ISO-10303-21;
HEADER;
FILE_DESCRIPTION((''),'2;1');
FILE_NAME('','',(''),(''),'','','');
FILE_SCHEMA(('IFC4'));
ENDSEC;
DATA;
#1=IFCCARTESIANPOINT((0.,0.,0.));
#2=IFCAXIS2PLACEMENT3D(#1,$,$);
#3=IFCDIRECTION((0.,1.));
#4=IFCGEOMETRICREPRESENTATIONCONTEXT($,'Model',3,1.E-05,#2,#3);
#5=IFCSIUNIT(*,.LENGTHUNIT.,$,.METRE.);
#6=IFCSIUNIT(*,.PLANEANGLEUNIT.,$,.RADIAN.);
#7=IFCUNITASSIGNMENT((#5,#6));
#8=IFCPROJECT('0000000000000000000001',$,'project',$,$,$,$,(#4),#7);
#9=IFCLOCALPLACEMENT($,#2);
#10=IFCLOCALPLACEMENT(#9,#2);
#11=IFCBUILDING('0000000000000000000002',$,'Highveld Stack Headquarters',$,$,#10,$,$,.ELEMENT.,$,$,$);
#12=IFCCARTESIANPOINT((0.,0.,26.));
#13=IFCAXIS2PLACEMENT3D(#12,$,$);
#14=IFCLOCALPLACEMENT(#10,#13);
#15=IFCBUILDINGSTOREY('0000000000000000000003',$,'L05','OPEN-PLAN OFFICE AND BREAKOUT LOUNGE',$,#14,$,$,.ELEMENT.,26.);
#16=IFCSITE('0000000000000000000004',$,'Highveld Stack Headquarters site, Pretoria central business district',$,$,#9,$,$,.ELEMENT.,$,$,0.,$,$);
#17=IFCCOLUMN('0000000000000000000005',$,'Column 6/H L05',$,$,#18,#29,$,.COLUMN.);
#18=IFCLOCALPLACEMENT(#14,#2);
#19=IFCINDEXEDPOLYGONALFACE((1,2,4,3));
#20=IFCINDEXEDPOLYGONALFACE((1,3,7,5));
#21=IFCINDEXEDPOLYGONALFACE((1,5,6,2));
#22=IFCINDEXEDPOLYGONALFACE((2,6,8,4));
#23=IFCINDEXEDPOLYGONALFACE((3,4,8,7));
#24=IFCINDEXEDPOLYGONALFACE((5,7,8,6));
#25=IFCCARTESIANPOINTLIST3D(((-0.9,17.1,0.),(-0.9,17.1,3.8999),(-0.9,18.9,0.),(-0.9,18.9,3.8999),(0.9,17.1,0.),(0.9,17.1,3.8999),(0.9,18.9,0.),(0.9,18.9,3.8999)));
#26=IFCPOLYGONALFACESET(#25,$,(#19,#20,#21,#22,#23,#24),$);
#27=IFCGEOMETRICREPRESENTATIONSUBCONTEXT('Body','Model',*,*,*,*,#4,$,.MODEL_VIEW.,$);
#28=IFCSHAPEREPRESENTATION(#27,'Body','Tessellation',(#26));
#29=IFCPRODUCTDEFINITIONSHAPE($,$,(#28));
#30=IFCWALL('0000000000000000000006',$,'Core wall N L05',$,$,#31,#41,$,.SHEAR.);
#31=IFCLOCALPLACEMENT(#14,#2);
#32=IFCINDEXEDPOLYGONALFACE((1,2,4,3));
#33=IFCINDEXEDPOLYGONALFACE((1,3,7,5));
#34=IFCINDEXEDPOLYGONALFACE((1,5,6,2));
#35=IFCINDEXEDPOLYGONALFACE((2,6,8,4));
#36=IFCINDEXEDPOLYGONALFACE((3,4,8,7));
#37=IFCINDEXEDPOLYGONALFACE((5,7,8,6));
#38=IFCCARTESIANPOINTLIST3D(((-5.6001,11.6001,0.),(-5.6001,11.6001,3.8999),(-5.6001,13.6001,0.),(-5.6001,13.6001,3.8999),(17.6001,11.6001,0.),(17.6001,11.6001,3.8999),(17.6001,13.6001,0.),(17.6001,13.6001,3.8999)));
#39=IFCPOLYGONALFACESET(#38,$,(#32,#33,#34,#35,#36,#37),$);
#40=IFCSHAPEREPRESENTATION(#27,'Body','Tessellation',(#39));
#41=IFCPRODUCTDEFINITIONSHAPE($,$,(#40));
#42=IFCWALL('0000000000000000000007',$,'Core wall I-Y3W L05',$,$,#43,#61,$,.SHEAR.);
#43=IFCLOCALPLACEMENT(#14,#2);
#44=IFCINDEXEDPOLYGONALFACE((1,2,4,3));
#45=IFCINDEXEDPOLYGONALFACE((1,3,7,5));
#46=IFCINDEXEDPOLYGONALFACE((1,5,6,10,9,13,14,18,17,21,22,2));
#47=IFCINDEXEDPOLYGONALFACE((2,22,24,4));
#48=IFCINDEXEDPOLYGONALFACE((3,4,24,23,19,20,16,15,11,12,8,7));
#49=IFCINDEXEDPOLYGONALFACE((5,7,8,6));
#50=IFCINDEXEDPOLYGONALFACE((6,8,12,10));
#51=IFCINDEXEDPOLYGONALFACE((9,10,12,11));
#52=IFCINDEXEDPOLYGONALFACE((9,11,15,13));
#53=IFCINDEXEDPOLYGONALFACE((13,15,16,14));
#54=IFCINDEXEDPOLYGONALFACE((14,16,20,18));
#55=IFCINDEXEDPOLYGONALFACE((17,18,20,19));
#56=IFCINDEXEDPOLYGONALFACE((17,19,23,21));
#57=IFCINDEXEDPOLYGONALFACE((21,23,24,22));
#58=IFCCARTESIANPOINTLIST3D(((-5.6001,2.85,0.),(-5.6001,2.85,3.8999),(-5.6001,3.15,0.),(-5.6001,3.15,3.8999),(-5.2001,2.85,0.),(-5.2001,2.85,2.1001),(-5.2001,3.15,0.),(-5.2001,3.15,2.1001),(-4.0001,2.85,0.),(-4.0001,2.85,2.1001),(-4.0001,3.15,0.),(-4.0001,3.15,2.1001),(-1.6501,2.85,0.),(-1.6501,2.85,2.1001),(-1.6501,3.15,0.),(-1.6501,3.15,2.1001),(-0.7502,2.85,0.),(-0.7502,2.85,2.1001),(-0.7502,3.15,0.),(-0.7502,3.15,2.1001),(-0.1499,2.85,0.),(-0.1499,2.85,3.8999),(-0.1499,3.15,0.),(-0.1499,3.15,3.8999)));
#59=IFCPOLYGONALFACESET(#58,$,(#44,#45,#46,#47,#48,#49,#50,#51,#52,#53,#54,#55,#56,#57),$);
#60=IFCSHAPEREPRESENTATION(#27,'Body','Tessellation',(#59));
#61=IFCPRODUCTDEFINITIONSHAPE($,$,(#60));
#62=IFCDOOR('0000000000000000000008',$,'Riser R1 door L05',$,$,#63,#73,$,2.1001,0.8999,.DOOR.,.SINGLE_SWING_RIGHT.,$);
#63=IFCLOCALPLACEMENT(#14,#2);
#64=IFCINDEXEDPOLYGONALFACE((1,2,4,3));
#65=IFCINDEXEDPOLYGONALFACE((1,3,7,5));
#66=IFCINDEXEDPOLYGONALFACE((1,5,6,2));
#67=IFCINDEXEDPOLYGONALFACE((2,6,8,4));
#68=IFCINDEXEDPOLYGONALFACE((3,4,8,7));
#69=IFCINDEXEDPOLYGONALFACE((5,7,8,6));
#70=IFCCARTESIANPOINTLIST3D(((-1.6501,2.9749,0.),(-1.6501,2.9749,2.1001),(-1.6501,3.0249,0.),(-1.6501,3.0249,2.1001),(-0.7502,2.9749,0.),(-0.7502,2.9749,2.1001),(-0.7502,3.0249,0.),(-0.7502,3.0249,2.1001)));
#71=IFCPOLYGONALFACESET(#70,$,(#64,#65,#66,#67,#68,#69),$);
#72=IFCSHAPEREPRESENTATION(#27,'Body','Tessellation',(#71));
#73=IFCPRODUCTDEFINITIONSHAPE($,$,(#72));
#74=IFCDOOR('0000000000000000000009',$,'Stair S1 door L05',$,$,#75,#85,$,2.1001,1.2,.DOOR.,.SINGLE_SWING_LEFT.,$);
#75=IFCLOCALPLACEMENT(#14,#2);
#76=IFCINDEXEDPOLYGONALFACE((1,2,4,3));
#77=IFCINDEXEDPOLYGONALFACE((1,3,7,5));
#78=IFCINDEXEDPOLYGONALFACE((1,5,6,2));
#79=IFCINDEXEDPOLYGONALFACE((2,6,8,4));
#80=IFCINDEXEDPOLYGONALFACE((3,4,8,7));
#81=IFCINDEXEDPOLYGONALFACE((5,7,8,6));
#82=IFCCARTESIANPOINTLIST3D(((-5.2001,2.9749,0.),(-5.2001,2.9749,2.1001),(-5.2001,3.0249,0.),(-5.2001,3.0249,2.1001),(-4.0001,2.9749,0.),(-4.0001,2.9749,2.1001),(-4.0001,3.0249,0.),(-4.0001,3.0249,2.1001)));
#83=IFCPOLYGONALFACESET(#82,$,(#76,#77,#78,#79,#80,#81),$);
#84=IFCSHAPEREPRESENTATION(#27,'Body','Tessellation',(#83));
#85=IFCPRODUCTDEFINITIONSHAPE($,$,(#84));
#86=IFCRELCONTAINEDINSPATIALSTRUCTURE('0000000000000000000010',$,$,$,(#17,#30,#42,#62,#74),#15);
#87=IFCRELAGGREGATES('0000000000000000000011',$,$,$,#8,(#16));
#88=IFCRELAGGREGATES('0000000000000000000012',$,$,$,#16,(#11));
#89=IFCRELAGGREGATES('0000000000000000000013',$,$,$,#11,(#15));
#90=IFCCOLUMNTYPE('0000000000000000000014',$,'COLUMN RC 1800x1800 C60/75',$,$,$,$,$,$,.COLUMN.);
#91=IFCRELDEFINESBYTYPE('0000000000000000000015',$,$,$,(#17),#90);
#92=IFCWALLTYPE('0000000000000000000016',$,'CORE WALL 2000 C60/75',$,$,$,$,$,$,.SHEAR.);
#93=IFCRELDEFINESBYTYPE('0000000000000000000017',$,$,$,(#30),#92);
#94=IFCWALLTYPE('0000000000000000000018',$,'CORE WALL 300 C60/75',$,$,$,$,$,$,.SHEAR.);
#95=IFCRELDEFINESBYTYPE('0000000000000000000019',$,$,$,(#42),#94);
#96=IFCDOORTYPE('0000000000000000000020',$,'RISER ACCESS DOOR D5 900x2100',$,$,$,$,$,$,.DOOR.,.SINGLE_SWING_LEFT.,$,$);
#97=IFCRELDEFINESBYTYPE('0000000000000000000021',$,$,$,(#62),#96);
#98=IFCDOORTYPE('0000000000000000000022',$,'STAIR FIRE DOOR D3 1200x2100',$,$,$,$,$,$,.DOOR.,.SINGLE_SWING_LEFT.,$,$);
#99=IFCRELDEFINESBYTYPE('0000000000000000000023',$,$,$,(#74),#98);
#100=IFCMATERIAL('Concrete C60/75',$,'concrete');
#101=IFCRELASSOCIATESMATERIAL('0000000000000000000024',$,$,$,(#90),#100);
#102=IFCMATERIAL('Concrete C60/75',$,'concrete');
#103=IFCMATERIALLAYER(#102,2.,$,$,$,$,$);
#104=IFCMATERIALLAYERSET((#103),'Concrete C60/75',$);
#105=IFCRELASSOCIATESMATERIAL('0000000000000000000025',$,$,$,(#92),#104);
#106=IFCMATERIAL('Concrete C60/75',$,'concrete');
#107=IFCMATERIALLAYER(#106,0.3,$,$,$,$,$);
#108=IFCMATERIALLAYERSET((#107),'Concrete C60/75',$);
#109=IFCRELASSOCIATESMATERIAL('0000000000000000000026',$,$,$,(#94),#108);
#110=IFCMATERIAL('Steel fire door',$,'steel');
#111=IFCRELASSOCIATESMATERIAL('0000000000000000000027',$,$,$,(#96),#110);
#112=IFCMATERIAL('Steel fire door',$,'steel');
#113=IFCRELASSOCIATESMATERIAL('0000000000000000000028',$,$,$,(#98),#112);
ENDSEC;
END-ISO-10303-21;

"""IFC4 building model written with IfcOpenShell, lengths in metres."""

from ifc_helpers import new_model, si_unit, direction, frame, frame_2d, origin, origin_2d, place, context, subcontext, project, spatial, rectangle, extrude, material, layer, layer_set, material_profile, profile_set, type_object, element, fill, save


model = new_model("IFC4")

# Units and contexts
model_context = context("Model", 3, precision=1e-05, world=origin(), true_north=direction((0.0, 1.0)))
body_context = subcontext(model_context, "Body", "Model", "MODEL_VIEW")
ifc_project = project(units=[si_unit("LENGTHUNIT", "METRE"), si_unit("PLANEANGLEUNIT", "RADIAN")], contexts=[model_context])

# Site, building, storey
site_placement = place(None, origin())
site = spatial("IfcSite", under=ifc_project, at=site_placement, Name="Highveld Stack Headquarters site, Pretoria central business district", CompositionType="ELEMENT", RefElevation=0.0)
building_placement = place(site_placement, origin())
building = spatial("IfcBuilding", under=site, at=building_placement, Name="Highveld Stack Headquarters", CompositionType="ELEMENT")
storey_placement = place(building_placement, frame((0.0, 0.0, 26.0)))
storey = spatial("IfcBuildingStorey", under=building, at=storey_placement, Name="L05", Description="OPEN-PLAN OFFICE AND BREAKOUT LOUNGE", CompositionType="ELEMENT", Elevation=26.0)

# Column
ifc_material_1 = material(Name="Concrete C60/75", Category="concrete")
ifc_material_profile = material_profile(ifc_material_1, rectangle(XDim=1.8, YDim=1.8, at=origin_2d()), Name="RC 1800x1800")
ifc_profile_set = profile_set([ifc_material_profile], Name="Concrete C60/75")
column_type = type_object("IfcColumnType", Name="COLUMN RC 1800x1800 C60/75", PredefinedType="COLUMN", material=ifc_profile_set)
column_placement = place(storey_placement, frame((0.0, 18.0, 0.0), z_axis=(0.0, 0.0, 1.0), x_axis=(1.0, 0.0, 0.0)))
element("IfcColumn", 1, at=column_placement, inside=storey, type_object=column_type, Name="Column 6/H L05", PredefinedType="COLUMN", context=body_context, shape_type="SweptSolid", body=[
    extrude(rectangle(XDim=1.8, YDim=1.8, at=origin_2d()), origin(), (0.0, 0.0, 1.0), 3.8999),
])

# Wall
ifc_material_2 = material(Name="Concrete C60/75", Category="concrete")
ifc_layer_1 = layer(ifc_material_2, 2.0)
ifc_layer_set_1 = layer_set([ifc_layer_1], Name="Concrete C60/75")
wall_type_1 = type_object("IfcWallType", Name="CORE WALL 2000 C60/75", PredefinedType="SHEAR", material=ifc_layer_set_1)
wall_1_placement = place(storey_placement, frame((-5.6001, 12.6001, 0.0), z_axis=(0.0, 0.0, 1.0), x_axis=(1.0, 0.0, 0.0)))
element("IfcWall", 2, at=wall_1_placement, inside=storey, type_object=wall_type_1, Name="Core wall N L05", PredefinedType="SHEAR", context=body_context, shape_type="SweptSolid", body=[
    extrude(rectangle(XDim=23.2002, YDim=2.0, at=frame_2d((11.6001, 0.0))), origin(), (0.0, 0.0, 1.0), 3.8999),
])

# Wall, openings, doors
ifc_material_3 = material(Name="Concrete C60/75", Category="concrete")
ifc_layer_2 = layer(ifc_material_3, 0.3)
ifc_layer_set_2 = layer_set([ifc_layer_2], Name="Concrete C60/75")
wall_type_2 = type_object("IfcWallType", Name="CORE WALL 300 C60/75", PredefinedType="SHEAR", material=ifc_layer_set_2)
wall_2_placement = place(storey_placement, frame((-5.6001, 3.0, 0.0), z_axis=(0.0, 0.0, 1.0), x_axis=(1.0, 0.0, 0.0)))
wall_2 = element("IfcWall", 3, at=wall_2_placement, inside=storey, type_object=wall_type_2, Name="Core wall I-Y3W L05", PredefinedType="SHEAR", context=body_context, shape_type="SweptSolid", body=[
    extrude(rectangle(XDim=5.4502, YDim=0.3, at=frame_2d((2.7251, 0.0))), origin(), (0.0, 0.0, 1.0), 3.8999),
])
opening_1_placement = place(wall_2_placement, frame((0.3999, 0.0, 0.0)))
opening_1 = element("IfcOpeningElement", 4, at=opening_1_placement, cuts=wall_2, PredefinedType="OPENING", context=body_context, shape_type="SweptSolid", body=[
    extrude(rectangle(XDim=1.2, YDim=2.1001, at=frame_2d((0.6001, 1.05))), frame((0.0, 0.1599, 0.0), z_axis=(0.0, -1.0, 0.0), x_axis=(1.0, 0.0, 0.0)), (0.0, 0.0, 1.0), 0.3201),
])
opening_2_placement = place(wall_2_placement, frame((3.95, 0.0, 0.0)))
opening_2 = element("IfcOpeningElement", 5, at=opening_2_placement, cuts=wall_2, PredefinedType="OPENING", context=body_context, shape_type="SweptSolid", body=[
    extrude(rectangle(XDim=0.8999, YDim=2.1001, at=frame_2d((0.45, 1.05))), frame((0.0, 0.1599, 0.0), z_axis=(0.0, -1.0, 0.0), x_axis=(1.0, 0.0, 0.0)), (0.0, 0.0, 1.0), 0.3201),
])
ifc_material_4 = material(Name="Steel fire door", Category="steel")
door_type_1 = type_object("IfcDoorType", Name="RISER ACCESS DOOR D5 900x2100", OperationType="SINGLE_SWING_LEFT", PredefinedType="DOOR", material=ifc_material_4)
door_1_placement = place(opening_2_placement, origin())
door_1 = element("IfcDoor", 6, at=door_1_placement, inside=storey, type_object=door_type_1, Name="Riser R1 door L05", OperationType="SINGLE_SWING_RIGHT", OverallHeight=2.1001, OverallWidth=0.8999, PredefinedType="DOOR", context=body_context, shape_type="SweptSolid", body=[
    extrude(rectangle(XDim=0.8999, YDim=2.1001, at=frame_2d((0.45, 1.05))), frame((0.0, 0.0249, 0.0), z_axis=(0.0, -1.0, 0.0), x_axis=(1.0, 0.0, 0.0)), (0.0, 0.0, 1.0), 0.05),
])
fill(opening_2, door_1)
ifc_material_5 = material(Name="Steel fire door", Category="steel")
door_type_2 = type_object("IfcDoorType", Name="STAIR FIRE DOOR D3 1200x2100", OperationType="SINGLE_SWING_LEFT", PredefinedType="DOOR", material=ifc_material_5)
door_2_placement = place(opening_1_placement, origin())
door_2 = element("IfcDoor", 7, at=door_2_placement, inside=storey, type_object=door_type_2, Name="Stair S1 door L05", OperationType="SINGLE_SWING_LEFT", OverallHeight=2.1001, OverallWidth=1.2, PredefinedType="DOOR", context=body_context, shape_type="SweptSolid", body=[
    extrude(rectangle(XDim=1.2, YDim=2.1001, at=frame_2d((0.6001, 1.05))), frame((0.0, 0.0249, 0.0), z_axis=(0.0, -1.0, 0.0), x_axis=(1.0, 0.0, 0.0)), (0.0, 0.0, 1.0), 0.05),
])
fill(opening_1, door_2)

save(model, "model.ifc")
